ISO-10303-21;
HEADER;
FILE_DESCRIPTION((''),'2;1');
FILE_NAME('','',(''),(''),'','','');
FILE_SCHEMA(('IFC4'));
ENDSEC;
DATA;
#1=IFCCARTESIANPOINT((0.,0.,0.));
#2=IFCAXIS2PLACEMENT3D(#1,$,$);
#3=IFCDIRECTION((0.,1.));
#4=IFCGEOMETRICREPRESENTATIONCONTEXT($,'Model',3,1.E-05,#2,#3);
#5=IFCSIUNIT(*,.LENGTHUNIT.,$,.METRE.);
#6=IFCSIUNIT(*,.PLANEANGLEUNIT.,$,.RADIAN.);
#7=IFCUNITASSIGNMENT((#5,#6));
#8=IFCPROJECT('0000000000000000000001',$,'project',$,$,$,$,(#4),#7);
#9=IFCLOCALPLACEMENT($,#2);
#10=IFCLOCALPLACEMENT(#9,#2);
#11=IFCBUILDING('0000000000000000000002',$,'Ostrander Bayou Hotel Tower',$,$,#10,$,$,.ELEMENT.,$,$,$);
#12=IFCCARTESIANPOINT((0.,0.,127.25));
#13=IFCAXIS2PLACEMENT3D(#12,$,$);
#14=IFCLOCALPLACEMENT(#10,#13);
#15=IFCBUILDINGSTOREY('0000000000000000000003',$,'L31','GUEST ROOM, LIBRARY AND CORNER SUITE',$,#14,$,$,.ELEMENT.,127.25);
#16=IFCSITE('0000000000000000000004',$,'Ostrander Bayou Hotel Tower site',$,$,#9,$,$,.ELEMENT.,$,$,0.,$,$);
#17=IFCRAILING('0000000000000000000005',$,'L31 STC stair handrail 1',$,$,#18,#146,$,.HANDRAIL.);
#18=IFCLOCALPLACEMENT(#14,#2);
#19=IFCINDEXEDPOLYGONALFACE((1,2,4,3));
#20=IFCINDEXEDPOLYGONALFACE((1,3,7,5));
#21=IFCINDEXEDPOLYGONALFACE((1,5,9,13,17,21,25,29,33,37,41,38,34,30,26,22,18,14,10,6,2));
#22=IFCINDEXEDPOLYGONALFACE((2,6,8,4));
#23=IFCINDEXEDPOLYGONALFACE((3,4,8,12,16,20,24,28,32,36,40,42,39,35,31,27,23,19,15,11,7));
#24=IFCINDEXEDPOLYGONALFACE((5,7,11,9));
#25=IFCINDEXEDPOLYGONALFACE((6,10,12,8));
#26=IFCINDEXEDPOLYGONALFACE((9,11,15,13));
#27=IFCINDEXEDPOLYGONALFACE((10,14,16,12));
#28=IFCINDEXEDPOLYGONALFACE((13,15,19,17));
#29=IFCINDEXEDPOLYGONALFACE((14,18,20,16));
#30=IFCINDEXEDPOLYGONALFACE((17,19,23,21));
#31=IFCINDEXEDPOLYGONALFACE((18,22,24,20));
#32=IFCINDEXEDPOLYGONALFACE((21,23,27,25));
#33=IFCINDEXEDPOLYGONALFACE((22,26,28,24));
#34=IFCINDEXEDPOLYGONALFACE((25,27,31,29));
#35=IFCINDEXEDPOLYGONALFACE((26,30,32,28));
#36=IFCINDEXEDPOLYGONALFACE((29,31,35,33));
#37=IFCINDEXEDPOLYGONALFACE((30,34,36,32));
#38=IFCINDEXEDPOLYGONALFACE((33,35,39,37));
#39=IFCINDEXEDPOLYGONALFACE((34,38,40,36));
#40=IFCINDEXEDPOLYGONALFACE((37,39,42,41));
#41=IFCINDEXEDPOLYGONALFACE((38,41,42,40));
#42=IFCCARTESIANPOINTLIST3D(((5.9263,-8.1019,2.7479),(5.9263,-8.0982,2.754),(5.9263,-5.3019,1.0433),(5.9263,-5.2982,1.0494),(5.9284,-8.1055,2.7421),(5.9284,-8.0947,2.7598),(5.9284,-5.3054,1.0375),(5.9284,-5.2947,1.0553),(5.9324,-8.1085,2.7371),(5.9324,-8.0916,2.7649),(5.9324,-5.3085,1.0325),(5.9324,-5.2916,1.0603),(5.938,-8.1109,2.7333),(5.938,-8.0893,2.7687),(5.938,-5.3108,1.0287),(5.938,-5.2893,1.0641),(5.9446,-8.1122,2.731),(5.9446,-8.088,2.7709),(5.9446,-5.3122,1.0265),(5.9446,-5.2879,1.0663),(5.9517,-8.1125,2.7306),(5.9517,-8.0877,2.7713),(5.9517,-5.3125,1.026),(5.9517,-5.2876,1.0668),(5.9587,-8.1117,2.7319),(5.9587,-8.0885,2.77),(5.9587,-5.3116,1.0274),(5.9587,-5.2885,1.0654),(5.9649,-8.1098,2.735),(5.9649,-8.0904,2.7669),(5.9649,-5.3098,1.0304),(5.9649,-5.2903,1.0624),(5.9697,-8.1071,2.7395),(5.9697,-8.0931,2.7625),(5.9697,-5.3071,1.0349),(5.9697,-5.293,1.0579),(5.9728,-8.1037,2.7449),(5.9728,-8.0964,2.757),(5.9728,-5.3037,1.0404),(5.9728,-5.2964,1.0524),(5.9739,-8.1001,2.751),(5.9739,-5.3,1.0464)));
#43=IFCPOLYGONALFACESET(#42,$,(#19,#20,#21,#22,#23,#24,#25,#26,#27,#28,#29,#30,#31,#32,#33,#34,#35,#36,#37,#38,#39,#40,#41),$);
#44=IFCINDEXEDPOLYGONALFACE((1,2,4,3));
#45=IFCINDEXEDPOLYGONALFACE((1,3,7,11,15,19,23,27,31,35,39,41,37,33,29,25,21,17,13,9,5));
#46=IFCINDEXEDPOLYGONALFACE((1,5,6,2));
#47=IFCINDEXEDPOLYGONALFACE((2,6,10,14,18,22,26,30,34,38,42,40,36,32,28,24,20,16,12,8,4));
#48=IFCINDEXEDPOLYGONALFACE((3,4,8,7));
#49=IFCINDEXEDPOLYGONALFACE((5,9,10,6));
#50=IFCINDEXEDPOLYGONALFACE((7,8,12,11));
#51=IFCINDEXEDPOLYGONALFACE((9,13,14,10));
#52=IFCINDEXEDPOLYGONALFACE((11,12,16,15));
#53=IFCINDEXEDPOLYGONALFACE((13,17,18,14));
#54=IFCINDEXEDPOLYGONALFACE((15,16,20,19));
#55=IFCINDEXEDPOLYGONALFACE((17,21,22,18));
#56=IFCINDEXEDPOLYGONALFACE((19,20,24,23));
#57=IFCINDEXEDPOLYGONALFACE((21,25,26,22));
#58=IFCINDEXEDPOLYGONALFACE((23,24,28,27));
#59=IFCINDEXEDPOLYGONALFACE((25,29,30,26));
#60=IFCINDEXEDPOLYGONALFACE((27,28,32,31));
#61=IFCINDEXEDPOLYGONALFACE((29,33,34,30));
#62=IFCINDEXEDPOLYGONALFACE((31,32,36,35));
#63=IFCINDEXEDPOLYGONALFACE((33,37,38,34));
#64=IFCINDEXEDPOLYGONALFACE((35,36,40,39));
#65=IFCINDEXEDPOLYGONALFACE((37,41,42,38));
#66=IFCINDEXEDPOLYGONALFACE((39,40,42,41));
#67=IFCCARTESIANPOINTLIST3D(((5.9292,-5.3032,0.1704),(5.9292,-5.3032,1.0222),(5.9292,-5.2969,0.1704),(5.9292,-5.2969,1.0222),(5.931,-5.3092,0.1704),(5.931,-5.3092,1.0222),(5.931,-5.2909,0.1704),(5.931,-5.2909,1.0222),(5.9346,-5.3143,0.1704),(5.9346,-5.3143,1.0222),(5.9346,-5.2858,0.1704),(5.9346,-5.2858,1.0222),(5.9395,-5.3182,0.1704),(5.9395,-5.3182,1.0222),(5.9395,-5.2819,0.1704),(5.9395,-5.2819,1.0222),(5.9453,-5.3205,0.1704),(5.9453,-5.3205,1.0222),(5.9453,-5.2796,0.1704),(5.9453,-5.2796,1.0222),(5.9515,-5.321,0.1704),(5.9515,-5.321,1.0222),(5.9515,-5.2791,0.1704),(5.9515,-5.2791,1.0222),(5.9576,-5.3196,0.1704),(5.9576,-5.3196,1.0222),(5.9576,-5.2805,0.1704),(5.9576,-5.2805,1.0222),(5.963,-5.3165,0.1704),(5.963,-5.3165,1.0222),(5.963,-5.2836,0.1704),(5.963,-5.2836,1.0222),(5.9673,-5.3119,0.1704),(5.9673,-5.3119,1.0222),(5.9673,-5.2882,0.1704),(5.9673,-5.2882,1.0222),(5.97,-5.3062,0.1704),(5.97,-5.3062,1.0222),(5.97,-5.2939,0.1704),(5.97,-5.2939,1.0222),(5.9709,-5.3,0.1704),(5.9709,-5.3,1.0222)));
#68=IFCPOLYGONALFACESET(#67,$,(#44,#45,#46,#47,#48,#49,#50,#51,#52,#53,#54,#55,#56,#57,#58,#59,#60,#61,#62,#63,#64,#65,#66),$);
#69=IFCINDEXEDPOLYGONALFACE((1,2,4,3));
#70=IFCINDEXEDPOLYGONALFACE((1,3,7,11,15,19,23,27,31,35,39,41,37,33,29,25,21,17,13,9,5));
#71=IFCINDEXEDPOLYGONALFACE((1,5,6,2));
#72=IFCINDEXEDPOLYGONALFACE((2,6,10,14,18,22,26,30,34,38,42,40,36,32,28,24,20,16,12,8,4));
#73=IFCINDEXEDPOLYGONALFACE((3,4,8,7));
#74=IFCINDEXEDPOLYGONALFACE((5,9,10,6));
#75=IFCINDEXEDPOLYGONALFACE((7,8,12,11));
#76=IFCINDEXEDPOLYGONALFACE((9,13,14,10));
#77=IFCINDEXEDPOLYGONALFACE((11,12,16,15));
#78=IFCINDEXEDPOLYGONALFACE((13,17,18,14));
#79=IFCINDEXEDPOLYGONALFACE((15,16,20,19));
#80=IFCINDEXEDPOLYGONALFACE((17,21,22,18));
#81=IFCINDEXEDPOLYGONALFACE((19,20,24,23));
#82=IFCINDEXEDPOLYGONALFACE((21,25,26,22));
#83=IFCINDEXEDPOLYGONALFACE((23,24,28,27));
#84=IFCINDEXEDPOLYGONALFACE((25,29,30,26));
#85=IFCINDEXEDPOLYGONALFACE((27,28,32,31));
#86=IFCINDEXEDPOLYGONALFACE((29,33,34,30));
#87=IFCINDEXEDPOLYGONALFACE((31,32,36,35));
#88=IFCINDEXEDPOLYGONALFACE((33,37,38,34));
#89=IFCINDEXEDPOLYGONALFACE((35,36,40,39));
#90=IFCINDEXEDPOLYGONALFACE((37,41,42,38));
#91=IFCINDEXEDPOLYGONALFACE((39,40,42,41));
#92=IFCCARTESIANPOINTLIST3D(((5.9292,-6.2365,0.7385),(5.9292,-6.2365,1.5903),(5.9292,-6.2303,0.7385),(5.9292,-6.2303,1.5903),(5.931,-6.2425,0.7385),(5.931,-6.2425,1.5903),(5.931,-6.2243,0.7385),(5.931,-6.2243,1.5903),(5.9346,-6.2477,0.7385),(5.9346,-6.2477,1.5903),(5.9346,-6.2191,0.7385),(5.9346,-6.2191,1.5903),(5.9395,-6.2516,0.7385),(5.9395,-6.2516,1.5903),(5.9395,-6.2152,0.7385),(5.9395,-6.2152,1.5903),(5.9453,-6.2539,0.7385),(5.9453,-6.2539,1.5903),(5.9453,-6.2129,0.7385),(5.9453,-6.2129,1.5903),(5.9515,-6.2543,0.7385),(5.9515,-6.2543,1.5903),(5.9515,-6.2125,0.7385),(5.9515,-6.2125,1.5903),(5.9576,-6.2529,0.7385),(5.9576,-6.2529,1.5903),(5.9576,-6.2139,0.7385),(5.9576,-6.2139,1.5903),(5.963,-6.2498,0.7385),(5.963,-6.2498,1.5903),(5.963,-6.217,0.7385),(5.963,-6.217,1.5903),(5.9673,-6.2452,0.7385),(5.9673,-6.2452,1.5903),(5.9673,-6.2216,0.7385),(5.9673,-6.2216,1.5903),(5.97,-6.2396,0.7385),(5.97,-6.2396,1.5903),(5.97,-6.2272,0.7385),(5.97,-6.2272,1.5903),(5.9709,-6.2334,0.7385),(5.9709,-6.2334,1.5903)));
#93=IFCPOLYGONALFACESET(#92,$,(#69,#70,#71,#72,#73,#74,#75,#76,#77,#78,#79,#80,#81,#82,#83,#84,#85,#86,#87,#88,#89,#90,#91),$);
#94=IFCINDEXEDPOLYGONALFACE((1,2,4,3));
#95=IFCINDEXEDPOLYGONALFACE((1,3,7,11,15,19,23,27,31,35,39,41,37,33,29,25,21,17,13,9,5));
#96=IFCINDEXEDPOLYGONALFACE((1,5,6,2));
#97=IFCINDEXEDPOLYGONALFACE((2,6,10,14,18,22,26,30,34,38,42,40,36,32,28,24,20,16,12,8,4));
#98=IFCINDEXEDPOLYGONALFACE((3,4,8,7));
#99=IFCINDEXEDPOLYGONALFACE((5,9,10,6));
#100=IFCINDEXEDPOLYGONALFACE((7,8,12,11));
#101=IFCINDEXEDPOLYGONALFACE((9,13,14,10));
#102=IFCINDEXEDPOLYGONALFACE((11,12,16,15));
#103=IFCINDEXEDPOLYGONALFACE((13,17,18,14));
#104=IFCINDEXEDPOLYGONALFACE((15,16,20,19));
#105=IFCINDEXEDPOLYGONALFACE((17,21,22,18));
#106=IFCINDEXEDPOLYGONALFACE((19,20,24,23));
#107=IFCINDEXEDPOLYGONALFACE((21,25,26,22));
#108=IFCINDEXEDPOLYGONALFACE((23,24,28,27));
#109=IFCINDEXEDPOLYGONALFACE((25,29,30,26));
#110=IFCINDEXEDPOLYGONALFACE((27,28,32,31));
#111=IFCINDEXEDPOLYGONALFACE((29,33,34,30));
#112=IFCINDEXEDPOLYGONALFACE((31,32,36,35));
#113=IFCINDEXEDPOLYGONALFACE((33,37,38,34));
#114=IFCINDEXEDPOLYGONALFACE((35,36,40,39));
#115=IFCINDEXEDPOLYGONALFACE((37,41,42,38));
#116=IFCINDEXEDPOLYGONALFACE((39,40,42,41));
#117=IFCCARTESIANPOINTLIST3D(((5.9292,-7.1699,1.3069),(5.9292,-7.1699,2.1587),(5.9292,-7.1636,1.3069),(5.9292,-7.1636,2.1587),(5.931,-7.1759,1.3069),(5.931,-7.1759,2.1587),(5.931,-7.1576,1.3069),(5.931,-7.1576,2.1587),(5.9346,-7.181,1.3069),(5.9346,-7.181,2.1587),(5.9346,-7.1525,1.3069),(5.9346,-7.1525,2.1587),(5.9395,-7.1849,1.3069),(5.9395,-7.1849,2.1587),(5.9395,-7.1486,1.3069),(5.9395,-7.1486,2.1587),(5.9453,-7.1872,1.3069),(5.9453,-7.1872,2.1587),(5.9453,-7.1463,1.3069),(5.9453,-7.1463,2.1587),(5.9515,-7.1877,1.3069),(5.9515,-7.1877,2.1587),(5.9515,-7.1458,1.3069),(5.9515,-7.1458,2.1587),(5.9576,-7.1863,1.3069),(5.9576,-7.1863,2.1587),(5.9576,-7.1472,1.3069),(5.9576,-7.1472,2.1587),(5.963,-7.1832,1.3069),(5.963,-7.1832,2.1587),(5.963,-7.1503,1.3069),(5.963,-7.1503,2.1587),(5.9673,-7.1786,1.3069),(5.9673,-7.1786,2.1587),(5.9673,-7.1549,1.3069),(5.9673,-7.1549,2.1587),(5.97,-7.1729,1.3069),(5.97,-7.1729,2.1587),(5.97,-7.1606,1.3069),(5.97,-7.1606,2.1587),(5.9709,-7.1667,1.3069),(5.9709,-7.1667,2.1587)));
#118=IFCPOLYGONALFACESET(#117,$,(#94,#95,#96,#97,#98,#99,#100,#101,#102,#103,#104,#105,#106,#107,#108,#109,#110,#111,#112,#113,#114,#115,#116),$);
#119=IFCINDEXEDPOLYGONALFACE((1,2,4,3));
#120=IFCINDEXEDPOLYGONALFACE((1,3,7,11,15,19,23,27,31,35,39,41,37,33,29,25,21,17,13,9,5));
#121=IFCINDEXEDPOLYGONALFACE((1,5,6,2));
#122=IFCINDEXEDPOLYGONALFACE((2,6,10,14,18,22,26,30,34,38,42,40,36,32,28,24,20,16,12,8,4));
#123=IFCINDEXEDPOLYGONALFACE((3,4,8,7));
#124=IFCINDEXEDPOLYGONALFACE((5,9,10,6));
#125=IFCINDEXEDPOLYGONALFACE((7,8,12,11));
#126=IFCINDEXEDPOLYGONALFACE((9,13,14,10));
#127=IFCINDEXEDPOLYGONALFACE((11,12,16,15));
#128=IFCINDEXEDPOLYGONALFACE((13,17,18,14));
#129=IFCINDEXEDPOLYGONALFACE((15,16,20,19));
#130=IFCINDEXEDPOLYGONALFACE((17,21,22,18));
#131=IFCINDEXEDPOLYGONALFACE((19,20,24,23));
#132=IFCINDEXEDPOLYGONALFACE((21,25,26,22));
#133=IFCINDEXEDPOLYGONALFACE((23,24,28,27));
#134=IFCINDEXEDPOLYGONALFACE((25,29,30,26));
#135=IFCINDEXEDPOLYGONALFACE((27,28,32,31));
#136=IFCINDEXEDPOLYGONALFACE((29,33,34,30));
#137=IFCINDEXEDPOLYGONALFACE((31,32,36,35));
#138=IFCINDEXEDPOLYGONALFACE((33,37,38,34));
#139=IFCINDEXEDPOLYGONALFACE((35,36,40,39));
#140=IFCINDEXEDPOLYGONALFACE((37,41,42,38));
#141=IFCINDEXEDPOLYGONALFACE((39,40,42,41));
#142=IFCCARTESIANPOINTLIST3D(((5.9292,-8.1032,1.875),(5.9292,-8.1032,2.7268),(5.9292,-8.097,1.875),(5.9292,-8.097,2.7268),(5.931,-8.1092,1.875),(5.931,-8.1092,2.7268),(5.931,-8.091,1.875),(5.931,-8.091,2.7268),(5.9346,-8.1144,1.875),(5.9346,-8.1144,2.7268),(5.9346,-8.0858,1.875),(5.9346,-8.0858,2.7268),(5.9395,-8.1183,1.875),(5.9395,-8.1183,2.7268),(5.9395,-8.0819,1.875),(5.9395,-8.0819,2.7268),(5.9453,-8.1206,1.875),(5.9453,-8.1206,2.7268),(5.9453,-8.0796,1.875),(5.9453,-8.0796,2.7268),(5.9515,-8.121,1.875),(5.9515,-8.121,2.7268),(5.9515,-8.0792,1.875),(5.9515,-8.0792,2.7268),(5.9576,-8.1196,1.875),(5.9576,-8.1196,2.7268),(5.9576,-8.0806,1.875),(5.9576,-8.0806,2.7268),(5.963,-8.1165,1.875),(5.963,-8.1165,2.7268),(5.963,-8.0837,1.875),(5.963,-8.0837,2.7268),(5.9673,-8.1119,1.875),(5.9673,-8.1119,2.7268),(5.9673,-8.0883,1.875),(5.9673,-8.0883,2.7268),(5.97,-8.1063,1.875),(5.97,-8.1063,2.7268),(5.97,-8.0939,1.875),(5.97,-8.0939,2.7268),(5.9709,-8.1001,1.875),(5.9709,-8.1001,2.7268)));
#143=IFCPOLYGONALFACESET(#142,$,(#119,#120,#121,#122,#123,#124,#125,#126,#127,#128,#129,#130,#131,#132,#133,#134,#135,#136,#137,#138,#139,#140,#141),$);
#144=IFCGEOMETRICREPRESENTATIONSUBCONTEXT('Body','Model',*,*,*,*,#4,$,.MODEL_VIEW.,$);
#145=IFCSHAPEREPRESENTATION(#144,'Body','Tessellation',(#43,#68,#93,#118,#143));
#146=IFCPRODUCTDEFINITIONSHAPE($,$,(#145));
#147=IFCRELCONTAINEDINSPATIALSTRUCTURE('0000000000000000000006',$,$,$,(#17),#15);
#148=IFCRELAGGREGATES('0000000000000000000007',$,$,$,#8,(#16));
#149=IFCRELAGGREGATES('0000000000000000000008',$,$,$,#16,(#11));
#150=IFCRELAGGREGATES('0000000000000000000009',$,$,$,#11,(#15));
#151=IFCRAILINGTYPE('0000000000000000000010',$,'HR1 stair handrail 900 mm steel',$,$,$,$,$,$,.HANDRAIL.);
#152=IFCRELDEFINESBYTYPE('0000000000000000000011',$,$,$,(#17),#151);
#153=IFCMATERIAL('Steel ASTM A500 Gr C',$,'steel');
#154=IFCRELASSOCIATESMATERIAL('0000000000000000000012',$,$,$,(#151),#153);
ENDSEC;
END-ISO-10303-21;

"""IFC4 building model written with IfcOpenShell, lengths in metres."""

from ifc_helpers import new_model, si_unit, direction, frame, origin, origin_2d, place, context, subcontext, project, spatial, circle, extrude, material, type_object, element, save


model = new_model("IFC4")

# Units and contexts
model_context = context("Model", 3, precision=1e-05, world=origin(), true_north=direction((0.0, 1.0)))
body_context = subcontext(model_context, "Body", "Model", "MODEL_VIEW")
ifc_project = project(units=[si_unit("LENGTHUNIT", "METRE"), si_unit("PLANEANGLEUNIT", "RADIAN")], contexts=[model_context])

# Site, building, storey
site_placement = place(None, origin())
site = spatial("IfcSite", under=ifc_project, at=site_placement, Name="Ostrander Bayou Hotel Tower site", CompositionType="ELEMENT", RefElevation=0.0)
building_placement = place(site_placement, origin())
building = spatial("IfcBuilding", under=site, at=building_placement, Name="Ostrander Bayou Hotel Tower", CompositionType="ELEMENT")
storey_placement = place(building_placement, frame((0.0, 0.0, 127.25)))
storey = spatial("IfcBuildingStorey", under=building, at=storey_placement, Name="L31", Description="GUEST ROOM, LIBRARY AND CORNER SUITE", CompositionType="ELEMENT", Elevation=127.25)

# Railing
ifc_material_1 = material(Name="Steel ASTM A500 Gr C", Category="steel")
railing_type_1 = type_object("IfcRailingType", Name="HR1 stair handrail 900 mm steel", PredefinedType="HANDRAIL", material=ifc_material_1)
railing_1_placement = place(storey_placement, frame((5.95, -5.3, 0.1704)))
element("IfcRailing", 1, at=railing_1_placement, inside=storey, type_object=railing_type_1, Name="L31 STC stair handrail 1", PredefinedType="HANDRAIL", context=body_context, shape_type="SweptSolid", body=[
    extrude(circle(Radius=0.0239, at=origin_2d()), frame((0.0, 0.0, 0.876), z_axis=(0.0, -0.85417, 0.519994), x_axis=(1.0, 0.0, 0.0)), (0.0, 0.0, 1.0), 3.2781),
    extrude(circle(Radius=0.021, at=origin_2d()), origin(), (0.0, 0.0, 1.0), 0.8518),
    extrude(circle(Radius=0.021, at=origin_2d()), frame((0.0, -0.9333, 0.5681)), (0.0, 0.0, 1.0), 0.8518),
    extrude(circle(Radius=0.021, at=origin_2d()), frame((0.0, -1.8667, 1.1365)), (0.0, 0.0, 1.0), 0.8518),
    extrude(circle(Radius=0.021, at=origin_2d()), frame((0.0, -2.8, 1.7046)), (0.0, 0.0, 1.0), 0.8518),
])

save(model, "model.ifc")
